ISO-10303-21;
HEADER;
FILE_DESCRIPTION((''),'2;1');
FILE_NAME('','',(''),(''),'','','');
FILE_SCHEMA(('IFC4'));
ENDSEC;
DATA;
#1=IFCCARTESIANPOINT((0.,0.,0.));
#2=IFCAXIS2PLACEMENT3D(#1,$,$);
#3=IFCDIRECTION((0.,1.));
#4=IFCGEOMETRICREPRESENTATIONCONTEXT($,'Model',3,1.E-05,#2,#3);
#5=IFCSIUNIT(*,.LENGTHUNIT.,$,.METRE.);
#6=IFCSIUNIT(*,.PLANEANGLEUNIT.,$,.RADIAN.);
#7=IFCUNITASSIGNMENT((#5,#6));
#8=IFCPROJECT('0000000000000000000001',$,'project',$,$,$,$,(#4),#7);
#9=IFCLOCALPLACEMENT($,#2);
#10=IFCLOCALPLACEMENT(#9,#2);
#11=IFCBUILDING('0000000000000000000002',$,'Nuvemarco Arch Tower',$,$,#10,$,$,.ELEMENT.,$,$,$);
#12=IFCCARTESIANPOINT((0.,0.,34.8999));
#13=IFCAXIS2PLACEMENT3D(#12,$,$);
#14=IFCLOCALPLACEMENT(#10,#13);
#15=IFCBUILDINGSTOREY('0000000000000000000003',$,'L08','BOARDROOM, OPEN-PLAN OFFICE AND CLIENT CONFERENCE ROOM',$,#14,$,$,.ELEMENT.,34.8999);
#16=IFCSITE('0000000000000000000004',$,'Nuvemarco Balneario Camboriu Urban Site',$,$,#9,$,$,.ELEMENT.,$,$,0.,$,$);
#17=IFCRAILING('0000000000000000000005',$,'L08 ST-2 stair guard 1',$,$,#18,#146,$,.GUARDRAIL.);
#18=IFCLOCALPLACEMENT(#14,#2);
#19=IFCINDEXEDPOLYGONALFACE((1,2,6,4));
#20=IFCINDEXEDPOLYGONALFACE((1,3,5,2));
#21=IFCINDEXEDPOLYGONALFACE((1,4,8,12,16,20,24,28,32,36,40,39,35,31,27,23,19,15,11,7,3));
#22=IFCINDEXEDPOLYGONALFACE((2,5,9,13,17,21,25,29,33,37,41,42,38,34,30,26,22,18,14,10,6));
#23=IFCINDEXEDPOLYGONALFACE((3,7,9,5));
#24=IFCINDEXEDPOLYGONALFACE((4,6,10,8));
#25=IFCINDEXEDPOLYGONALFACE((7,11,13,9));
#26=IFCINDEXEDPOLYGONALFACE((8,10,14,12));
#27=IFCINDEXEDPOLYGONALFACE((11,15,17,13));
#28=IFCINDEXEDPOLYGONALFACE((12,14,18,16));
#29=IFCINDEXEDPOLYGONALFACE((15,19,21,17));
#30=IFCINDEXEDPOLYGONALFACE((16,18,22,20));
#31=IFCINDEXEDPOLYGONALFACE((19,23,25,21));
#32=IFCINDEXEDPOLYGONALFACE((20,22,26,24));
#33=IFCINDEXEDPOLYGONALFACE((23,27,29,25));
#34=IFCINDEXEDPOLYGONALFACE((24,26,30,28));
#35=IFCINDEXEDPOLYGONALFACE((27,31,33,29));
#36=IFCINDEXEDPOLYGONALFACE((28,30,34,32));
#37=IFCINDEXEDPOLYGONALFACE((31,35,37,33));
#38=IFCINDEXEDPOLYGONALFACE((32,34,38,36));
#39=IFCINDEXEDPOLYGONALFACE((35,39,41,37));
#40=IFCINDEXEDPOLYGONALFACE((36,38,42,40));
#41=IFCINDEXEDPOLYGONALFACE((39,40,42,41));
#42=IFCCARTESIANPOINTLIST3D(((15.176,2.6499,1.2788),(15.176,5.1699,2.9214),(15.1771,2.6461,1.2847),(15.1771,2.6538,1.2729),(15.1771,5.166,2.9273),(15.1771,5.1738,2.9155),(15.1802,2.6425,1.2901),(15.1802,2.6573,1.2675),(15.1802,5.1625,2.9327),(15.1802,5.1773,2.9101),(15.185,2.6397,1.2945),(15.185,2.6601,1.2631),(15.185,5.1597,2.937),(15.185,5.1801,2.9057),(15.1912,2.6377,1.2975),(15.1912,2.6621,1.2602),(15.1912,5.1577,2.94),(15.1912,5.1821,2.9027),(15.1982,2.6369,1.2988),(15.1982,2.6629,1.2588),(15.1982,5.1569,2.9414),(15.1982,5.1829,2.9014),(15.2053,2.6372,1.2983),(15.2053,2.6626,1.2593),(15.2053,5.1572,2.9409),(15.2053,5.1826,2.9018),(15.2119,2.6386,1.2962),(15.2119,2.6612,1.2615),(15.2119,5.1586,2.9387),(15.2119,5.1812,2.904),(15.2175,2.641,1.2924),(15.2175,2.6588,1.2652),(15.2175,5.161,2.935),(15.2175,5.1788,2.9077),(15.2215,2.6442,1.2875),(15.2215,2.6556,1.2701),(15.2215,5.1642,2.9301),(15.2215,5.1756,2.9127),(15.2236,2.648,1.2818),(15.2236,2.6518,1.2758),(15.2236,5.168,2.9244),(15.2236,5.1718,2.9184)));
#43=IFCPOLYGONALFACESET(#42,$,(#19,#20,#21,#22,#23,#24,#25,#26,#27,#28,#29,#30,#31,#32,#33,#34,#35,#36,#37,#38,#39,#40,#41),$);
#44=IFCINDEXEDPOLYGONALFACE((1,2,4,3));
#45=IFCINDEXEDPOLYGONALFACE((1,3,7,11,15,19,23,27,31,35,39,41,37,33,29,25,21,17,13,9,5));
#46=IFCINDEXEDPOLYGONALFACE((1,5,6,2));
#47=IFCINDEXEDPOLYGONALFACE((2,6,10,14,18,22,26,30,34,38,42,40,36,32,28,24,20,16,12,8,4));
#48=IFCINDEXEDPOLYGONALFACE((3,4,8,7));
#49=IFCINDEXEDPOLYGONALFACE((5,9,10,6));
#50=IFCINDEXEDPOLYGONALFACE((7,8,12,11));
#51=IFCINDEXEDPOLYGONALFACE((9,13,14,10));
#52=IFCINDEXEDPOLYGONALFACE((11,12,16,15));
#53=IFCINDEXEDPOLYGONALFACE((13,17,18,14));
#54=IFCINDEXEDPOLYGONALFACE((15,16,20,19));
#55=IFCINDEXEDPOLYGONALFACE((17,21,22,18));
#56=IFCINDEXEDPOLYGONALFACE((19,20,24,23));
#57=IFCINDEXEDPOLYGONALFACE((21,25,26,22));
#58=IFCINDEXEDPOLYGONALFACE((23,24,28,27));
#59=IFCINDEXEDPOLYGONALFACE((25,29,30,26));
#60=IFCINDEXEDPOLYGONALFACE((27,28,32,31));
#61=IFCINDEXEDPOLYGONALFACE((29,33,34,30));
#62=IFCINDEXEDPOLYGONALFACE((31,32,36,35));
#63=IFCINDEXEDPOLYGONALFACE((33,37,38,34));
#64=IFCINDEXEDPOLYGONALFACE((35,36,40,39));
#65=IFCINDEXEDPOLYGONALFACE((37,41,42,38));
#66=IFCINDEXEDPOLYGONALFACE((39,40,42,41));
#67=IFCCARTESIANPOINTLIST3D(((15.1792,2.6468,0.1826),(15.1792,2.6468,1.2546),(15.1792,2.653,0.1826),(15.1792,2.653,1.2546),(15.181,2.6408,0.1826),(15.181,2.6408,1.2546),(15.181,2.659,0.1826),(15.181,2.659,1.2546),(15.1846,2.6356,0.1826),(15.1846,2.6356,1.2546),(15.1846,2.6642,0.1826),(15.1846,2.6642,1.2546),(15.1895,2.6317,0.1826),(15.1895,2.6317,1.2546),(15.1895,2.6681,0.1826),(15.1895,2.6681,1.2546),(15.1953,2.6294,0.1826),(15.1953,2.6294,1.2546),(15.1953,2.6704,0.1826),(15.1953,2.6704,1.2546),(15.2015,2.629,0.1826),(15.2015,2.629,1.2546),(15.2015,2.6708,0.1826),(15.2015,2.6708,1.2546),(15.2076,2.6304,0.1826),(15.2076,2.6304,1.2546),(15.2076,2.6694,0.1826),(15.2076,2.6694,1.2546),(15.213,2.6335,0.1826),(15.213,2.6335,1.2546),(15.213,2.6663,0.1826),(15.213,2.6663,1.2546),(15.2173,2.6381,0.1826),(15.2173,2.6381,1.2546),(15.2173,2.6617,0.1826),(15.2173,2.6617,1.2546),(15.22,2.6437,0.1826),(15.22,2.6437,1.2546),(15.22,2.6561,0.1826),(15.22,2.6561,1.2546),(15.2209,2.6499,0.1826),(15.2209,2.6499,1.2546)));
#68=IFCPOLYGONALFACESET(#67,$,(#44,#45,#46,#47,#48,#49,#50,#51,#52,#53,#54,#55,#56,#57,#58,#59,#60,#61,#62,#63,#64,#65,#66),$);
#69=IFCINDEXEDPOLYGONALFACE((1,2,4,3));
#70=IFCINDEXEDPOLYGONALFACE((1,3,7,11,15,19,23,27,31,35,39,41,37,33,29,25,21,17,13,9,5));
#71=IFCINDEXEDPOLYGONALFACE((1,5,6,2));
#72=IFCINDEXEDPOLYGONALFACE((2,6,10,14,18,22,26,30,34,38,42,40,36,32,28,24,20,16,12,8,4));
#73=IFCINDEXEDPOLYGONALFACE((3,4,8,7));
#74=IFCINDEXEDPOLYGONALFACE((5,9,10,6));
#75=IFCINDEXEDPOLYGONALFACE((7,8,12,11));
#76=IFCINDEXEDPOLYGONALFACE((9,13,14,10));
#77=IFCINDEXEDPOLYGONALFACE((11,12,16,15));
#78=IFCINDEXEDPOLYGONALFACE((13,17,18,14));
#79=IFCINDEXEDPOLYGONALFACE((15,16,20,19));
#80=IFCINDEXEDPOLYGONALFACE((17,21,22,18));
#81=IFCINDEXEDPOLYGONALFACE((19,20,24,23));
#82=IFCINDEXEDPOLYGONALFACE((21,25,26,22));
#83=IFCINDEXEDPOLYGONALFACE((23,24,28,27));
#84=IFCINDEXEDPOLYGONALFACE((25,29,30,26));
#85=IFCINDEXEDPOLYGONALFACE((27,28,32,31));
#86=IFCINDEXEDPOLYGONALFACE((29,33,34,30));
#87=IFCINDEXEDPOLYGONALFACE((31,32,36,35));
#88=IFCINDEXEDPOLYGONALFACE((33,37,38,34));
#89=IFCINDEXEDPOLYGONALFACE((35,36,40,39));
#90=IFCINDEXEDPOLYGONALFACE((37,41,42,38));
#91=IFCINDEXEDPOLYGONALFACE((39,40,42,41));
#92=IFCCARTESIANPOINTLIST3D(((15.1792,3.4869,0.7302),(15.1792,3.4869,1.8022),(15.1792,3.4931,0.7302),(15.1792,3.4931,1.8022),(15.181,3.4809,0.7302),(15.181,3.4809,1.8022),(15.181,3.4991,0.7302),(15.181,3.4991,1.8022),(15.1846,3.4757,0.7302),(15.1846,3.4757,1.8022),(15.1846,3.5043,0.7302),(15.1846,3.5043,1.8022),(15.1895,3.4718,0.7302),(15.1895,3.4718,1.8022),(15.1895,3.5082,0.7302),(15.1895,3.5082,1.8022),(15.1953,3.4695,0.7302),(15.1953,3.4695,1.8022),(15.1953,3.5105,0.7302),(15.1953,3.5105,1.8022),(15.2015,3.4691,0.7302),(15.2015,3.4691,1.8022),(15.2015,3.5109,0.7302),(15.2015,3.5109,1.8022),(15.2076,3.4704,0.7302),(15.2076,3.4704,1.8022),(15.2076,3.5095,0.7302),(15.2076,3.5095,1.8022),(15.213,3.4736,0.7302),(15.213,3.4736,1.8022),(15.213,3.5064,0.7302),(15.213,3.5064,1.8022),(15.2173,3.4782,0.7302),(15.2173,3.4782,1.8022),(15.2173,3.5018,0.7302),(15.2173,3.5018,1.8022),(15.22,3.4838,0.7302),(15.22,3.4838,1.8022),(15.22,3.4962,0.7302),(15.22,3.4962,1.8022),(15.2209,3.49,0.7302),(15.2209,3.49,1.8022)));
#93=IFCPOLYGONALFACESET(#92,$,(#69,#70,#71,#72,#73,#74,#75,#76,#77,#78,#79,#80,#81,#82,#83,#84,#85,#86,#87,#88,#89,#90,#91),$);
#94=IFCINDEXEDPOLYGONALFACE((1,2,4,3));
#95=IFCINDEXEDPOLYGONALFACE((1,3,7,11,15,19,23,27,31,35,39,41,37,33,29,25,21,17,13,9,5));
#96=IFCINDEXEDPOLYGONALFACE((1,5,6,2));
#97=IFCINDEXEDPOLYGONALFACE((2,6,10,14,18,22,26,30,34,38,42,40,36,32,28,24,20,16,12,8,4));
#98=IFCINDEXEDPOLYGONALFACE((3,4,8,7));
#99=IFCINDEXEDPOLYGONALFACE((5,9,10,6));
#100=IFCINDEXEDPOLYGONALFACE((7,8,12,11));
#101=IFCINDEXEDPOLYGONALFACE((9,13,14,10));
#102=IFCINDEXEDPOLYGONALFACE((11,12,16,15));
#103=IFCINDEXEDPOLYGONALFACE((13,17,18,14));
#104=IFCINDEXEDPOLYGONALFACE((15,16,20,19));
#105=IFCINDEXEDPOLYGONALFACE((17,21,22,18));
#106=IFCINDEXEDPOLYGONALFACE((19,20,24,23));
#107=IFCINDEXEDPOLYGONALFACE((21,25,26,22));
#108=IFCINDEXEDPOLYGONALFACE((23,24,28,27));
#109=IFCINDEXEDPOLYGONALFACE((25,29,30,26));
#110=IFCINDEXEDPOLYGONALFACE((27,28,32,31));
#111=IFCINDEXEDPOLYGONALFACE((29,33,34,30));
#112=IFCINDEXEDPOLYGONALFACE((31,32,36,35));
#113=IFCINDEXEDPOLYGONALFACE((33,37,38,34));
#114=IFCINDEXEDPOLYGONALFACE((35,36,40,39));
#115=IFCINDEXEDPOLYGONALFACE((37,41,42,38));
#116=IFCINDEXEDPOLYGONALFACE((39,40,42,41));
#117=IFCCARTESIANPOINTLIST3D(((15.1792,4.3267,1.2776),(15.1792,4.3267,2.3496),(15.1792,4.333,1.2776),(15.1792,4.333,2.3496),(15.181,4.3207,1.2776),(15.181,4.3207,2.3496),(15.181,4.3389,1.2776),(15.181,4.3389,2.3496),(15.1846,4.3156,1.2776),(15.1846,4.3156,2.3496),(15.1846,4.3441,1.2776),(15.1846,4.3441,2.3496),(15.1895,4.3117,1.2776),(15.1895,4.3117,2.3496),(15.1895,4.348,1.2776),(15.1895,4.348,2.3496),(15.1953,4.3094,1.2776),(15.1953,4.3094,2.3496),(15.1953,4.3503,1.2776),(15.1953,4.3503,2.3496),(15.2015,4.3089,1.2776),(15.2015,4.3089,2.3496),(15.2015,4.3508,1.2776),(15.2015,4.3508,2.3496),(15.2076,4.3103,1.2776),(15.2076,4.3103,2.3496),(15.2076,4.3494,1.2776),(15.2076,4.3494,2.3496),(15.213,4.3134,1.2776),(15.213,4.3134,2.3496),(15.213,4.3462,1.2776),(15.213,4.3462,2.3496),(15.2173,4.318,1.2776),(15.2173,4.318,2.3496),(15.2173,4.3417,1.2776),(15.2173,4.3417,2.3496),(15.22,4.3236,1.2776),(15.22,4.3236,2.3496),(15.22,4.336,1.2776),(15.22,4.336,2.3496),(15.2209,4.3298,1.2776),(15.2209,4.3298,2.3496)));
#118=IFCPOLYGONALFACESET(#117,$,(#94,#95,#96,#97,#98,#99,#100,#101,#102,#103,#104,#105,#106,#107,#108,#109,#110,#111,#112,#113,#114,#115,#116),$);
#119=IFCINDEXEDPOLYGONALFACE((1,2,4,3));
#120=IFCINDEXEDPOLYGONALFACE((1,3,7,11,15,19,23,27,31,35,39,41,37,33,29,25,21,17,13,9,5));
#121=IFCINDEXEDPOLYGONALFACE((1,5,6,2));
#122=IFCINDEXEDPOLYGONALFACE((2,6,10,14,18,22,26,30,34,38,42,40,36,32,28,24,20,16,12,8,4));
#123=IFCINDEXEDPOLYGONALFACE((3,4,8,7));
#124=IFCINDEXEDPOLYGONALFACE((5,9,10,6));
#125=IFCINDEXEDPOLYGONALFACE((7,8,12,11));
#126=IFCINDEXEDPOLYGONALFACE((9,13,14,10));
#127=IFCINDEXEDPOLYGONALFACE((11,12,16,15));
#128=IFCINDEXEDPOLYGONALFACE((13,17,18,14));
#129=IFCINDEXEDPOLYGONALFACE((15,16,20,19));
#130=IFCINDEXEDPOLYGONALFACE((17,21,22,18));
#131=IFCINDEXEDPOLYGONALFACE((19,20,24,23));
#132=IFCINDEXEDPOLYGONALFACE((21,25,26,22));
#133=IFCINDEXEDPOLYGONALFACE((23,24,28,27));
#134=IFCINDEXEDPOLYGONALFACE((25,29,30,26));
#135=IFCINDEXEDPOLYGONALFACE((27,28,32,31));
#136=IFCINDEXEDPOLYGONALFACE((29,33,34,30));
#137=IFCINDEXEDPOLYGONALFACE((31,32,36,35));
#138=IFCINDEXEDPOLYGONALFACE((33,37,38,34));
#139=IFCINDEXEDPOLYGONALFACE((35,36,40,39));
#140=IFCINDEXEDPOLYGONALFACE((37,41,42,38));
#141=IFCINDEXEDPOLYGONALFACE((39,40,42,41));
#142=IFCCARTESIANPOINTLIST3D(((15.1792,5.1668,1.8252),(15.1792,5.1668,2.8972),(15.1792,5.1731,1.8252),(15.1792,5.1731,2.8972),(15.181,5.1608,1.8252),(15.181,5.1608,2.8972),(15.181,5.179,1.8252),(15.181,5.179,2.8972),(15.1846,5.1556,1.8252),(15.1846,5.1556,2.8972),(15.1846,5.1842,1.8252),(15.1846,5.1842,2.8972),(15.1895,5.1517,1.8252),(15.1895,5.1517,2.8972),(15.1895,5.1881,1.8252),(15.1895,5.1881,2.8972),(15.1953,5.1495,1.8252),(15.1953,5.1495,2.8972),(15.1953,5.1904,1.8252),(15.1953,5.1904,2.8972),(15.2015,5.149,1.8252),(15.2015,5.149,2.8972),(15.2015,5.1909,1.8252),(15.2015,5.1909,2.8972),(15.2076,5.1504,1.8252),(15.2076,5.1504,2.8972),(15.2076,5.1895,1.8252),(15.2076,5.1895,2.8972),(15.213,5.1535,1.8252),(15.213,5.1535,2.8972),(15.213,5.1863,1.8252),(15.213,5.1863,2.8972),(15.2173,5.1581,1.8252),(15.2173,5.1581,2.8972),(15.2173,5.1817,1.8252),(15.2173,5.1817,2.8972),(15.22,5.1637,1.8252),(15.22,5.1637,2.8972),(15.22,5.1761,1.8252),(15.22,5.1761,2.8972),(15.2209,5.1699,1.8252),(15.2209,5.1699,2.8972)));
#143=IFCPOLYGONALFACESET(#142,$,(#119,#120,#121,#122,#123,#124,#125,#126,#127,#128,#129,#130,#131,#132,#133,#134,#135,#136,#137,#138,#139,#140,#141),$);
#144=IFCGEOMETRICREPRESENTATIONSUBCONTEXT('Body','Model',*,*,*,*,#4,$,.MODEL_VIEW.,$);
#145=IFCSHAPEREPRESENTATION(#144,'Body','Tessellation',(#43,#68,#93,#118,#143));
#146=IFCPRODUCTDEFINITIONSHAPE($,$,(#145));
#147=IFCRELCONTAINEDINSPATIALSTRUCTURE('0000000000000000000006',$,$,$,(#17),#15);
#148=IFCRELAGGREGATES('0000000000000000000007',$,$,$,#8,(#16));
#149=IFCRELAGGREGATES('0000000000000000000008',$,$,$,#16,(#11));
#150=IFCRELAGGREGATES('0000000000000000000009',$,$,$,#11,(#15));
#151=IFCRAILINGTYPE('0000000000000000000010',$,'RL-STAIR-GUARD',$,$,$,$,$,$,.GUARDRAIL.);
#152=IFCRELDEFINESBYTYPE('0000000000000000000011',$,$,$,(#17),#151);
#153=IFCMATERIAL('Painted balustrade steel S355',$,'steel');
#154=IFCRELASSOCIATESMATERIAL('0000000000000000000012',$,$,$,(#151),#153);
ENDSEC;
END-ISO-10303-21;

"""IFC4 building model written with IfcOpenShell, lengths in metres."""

from ifc_helpers import new_model, si_unit, direction, frame, origin, origin_2d, place, context, subcontext, project, spatial, circle, extrude, material, type_object, element, save


model = new_model("IFC4")

# Units and contexts
model_context = context("Model", 3, precision=1e-05, world=origin(), true_north=direction((0.0, 1.0)))
body_context = subcontext(model_context, "Body", "Model", "MODEL_VIEW")
ifc_project = project(units=[si_unit("LENGTHUNIT", "METRE"), si_unit("PLANEANGLEUNIT", "RADIAN")], contexts=[model_context])

# Site, building, storey
site_placement = place(None, origin())
site = spatial("IfcSite", under=ifc_project, at=site_placement, Name="Nuvemarco Balneario Camboriu Urban Site", CompositionType="ELEMENT", RefElevation=0.0)
building_placement = place(site_placement, origin())
building = spatial("IfcBuilding", under=site, at=building_placement, Name="Nuvemarco Arch Tower", CompositionType="ELEMENT")
storey_placement = place(building_placement, frame((0.0, 0.0, 34.8999)))
storey = spatial("IfcBuildingStorey", under=building, at=storey_placement, Name="L08", Description="BOARDROOM, OPEN-PLAN OFFICE AND CLIENT CONFERENCE ROOM", CompositionType="ELEMENT", Elevation=34.8999)

# Railing
ifc_material_1 = material(Name="Painted balustrade steel S355", Category="steel")
railing_type_1 = type_object("IfcRailingType", Name="RL-STAIR-GUARD", PredefinedType="GUARDRAIL", material=ifc_material_1)
railing_1_placement = place(storey_placement, frame((15.2, 2.6499, 0.1826)))
element("IfcRailing", 1, at=railing_1_placement, inside=storey, type_object=railing_type_1, Name="L08 ST-2 stair guard 1", PredefinedType="GUARDRAIL", context=body_context, shape_type="SweptSolid", body=[
    extrude(circle(Radius=0.0239, at=origin_2d()), frame((0.0, 0.0, 1.0962), z_axis=(0.0, 0.837749, 0.546055), x_axis=(-1.0, 0.0, 0.0)), (0.0, 0.0, 1.0), 3.0081),
    extrude(circle(Radius=0.021, at=origin_2d()), origin(), (0.0, 0.0, 1.0), 1.072),
    extrude(circle(Radius=0.021, at=origin_2d()), frame((0.0, 0.8401, 0.5476)), (0.0, 0.0, 1.0), 1.072),
    extrude(circle(Radius=0.021, at=origin_2d()), frame((0.0, 1.6799, 1.095)), (0.0, 0.0, 1.0), 1.072),
    extrude(circle(Radius=0.021, at=origin_2d()), frame((0.0, 2.52, 1.6426)), (0.0, 0.0, 1.0), 1.072),
])

save(model, "model.ifc")
